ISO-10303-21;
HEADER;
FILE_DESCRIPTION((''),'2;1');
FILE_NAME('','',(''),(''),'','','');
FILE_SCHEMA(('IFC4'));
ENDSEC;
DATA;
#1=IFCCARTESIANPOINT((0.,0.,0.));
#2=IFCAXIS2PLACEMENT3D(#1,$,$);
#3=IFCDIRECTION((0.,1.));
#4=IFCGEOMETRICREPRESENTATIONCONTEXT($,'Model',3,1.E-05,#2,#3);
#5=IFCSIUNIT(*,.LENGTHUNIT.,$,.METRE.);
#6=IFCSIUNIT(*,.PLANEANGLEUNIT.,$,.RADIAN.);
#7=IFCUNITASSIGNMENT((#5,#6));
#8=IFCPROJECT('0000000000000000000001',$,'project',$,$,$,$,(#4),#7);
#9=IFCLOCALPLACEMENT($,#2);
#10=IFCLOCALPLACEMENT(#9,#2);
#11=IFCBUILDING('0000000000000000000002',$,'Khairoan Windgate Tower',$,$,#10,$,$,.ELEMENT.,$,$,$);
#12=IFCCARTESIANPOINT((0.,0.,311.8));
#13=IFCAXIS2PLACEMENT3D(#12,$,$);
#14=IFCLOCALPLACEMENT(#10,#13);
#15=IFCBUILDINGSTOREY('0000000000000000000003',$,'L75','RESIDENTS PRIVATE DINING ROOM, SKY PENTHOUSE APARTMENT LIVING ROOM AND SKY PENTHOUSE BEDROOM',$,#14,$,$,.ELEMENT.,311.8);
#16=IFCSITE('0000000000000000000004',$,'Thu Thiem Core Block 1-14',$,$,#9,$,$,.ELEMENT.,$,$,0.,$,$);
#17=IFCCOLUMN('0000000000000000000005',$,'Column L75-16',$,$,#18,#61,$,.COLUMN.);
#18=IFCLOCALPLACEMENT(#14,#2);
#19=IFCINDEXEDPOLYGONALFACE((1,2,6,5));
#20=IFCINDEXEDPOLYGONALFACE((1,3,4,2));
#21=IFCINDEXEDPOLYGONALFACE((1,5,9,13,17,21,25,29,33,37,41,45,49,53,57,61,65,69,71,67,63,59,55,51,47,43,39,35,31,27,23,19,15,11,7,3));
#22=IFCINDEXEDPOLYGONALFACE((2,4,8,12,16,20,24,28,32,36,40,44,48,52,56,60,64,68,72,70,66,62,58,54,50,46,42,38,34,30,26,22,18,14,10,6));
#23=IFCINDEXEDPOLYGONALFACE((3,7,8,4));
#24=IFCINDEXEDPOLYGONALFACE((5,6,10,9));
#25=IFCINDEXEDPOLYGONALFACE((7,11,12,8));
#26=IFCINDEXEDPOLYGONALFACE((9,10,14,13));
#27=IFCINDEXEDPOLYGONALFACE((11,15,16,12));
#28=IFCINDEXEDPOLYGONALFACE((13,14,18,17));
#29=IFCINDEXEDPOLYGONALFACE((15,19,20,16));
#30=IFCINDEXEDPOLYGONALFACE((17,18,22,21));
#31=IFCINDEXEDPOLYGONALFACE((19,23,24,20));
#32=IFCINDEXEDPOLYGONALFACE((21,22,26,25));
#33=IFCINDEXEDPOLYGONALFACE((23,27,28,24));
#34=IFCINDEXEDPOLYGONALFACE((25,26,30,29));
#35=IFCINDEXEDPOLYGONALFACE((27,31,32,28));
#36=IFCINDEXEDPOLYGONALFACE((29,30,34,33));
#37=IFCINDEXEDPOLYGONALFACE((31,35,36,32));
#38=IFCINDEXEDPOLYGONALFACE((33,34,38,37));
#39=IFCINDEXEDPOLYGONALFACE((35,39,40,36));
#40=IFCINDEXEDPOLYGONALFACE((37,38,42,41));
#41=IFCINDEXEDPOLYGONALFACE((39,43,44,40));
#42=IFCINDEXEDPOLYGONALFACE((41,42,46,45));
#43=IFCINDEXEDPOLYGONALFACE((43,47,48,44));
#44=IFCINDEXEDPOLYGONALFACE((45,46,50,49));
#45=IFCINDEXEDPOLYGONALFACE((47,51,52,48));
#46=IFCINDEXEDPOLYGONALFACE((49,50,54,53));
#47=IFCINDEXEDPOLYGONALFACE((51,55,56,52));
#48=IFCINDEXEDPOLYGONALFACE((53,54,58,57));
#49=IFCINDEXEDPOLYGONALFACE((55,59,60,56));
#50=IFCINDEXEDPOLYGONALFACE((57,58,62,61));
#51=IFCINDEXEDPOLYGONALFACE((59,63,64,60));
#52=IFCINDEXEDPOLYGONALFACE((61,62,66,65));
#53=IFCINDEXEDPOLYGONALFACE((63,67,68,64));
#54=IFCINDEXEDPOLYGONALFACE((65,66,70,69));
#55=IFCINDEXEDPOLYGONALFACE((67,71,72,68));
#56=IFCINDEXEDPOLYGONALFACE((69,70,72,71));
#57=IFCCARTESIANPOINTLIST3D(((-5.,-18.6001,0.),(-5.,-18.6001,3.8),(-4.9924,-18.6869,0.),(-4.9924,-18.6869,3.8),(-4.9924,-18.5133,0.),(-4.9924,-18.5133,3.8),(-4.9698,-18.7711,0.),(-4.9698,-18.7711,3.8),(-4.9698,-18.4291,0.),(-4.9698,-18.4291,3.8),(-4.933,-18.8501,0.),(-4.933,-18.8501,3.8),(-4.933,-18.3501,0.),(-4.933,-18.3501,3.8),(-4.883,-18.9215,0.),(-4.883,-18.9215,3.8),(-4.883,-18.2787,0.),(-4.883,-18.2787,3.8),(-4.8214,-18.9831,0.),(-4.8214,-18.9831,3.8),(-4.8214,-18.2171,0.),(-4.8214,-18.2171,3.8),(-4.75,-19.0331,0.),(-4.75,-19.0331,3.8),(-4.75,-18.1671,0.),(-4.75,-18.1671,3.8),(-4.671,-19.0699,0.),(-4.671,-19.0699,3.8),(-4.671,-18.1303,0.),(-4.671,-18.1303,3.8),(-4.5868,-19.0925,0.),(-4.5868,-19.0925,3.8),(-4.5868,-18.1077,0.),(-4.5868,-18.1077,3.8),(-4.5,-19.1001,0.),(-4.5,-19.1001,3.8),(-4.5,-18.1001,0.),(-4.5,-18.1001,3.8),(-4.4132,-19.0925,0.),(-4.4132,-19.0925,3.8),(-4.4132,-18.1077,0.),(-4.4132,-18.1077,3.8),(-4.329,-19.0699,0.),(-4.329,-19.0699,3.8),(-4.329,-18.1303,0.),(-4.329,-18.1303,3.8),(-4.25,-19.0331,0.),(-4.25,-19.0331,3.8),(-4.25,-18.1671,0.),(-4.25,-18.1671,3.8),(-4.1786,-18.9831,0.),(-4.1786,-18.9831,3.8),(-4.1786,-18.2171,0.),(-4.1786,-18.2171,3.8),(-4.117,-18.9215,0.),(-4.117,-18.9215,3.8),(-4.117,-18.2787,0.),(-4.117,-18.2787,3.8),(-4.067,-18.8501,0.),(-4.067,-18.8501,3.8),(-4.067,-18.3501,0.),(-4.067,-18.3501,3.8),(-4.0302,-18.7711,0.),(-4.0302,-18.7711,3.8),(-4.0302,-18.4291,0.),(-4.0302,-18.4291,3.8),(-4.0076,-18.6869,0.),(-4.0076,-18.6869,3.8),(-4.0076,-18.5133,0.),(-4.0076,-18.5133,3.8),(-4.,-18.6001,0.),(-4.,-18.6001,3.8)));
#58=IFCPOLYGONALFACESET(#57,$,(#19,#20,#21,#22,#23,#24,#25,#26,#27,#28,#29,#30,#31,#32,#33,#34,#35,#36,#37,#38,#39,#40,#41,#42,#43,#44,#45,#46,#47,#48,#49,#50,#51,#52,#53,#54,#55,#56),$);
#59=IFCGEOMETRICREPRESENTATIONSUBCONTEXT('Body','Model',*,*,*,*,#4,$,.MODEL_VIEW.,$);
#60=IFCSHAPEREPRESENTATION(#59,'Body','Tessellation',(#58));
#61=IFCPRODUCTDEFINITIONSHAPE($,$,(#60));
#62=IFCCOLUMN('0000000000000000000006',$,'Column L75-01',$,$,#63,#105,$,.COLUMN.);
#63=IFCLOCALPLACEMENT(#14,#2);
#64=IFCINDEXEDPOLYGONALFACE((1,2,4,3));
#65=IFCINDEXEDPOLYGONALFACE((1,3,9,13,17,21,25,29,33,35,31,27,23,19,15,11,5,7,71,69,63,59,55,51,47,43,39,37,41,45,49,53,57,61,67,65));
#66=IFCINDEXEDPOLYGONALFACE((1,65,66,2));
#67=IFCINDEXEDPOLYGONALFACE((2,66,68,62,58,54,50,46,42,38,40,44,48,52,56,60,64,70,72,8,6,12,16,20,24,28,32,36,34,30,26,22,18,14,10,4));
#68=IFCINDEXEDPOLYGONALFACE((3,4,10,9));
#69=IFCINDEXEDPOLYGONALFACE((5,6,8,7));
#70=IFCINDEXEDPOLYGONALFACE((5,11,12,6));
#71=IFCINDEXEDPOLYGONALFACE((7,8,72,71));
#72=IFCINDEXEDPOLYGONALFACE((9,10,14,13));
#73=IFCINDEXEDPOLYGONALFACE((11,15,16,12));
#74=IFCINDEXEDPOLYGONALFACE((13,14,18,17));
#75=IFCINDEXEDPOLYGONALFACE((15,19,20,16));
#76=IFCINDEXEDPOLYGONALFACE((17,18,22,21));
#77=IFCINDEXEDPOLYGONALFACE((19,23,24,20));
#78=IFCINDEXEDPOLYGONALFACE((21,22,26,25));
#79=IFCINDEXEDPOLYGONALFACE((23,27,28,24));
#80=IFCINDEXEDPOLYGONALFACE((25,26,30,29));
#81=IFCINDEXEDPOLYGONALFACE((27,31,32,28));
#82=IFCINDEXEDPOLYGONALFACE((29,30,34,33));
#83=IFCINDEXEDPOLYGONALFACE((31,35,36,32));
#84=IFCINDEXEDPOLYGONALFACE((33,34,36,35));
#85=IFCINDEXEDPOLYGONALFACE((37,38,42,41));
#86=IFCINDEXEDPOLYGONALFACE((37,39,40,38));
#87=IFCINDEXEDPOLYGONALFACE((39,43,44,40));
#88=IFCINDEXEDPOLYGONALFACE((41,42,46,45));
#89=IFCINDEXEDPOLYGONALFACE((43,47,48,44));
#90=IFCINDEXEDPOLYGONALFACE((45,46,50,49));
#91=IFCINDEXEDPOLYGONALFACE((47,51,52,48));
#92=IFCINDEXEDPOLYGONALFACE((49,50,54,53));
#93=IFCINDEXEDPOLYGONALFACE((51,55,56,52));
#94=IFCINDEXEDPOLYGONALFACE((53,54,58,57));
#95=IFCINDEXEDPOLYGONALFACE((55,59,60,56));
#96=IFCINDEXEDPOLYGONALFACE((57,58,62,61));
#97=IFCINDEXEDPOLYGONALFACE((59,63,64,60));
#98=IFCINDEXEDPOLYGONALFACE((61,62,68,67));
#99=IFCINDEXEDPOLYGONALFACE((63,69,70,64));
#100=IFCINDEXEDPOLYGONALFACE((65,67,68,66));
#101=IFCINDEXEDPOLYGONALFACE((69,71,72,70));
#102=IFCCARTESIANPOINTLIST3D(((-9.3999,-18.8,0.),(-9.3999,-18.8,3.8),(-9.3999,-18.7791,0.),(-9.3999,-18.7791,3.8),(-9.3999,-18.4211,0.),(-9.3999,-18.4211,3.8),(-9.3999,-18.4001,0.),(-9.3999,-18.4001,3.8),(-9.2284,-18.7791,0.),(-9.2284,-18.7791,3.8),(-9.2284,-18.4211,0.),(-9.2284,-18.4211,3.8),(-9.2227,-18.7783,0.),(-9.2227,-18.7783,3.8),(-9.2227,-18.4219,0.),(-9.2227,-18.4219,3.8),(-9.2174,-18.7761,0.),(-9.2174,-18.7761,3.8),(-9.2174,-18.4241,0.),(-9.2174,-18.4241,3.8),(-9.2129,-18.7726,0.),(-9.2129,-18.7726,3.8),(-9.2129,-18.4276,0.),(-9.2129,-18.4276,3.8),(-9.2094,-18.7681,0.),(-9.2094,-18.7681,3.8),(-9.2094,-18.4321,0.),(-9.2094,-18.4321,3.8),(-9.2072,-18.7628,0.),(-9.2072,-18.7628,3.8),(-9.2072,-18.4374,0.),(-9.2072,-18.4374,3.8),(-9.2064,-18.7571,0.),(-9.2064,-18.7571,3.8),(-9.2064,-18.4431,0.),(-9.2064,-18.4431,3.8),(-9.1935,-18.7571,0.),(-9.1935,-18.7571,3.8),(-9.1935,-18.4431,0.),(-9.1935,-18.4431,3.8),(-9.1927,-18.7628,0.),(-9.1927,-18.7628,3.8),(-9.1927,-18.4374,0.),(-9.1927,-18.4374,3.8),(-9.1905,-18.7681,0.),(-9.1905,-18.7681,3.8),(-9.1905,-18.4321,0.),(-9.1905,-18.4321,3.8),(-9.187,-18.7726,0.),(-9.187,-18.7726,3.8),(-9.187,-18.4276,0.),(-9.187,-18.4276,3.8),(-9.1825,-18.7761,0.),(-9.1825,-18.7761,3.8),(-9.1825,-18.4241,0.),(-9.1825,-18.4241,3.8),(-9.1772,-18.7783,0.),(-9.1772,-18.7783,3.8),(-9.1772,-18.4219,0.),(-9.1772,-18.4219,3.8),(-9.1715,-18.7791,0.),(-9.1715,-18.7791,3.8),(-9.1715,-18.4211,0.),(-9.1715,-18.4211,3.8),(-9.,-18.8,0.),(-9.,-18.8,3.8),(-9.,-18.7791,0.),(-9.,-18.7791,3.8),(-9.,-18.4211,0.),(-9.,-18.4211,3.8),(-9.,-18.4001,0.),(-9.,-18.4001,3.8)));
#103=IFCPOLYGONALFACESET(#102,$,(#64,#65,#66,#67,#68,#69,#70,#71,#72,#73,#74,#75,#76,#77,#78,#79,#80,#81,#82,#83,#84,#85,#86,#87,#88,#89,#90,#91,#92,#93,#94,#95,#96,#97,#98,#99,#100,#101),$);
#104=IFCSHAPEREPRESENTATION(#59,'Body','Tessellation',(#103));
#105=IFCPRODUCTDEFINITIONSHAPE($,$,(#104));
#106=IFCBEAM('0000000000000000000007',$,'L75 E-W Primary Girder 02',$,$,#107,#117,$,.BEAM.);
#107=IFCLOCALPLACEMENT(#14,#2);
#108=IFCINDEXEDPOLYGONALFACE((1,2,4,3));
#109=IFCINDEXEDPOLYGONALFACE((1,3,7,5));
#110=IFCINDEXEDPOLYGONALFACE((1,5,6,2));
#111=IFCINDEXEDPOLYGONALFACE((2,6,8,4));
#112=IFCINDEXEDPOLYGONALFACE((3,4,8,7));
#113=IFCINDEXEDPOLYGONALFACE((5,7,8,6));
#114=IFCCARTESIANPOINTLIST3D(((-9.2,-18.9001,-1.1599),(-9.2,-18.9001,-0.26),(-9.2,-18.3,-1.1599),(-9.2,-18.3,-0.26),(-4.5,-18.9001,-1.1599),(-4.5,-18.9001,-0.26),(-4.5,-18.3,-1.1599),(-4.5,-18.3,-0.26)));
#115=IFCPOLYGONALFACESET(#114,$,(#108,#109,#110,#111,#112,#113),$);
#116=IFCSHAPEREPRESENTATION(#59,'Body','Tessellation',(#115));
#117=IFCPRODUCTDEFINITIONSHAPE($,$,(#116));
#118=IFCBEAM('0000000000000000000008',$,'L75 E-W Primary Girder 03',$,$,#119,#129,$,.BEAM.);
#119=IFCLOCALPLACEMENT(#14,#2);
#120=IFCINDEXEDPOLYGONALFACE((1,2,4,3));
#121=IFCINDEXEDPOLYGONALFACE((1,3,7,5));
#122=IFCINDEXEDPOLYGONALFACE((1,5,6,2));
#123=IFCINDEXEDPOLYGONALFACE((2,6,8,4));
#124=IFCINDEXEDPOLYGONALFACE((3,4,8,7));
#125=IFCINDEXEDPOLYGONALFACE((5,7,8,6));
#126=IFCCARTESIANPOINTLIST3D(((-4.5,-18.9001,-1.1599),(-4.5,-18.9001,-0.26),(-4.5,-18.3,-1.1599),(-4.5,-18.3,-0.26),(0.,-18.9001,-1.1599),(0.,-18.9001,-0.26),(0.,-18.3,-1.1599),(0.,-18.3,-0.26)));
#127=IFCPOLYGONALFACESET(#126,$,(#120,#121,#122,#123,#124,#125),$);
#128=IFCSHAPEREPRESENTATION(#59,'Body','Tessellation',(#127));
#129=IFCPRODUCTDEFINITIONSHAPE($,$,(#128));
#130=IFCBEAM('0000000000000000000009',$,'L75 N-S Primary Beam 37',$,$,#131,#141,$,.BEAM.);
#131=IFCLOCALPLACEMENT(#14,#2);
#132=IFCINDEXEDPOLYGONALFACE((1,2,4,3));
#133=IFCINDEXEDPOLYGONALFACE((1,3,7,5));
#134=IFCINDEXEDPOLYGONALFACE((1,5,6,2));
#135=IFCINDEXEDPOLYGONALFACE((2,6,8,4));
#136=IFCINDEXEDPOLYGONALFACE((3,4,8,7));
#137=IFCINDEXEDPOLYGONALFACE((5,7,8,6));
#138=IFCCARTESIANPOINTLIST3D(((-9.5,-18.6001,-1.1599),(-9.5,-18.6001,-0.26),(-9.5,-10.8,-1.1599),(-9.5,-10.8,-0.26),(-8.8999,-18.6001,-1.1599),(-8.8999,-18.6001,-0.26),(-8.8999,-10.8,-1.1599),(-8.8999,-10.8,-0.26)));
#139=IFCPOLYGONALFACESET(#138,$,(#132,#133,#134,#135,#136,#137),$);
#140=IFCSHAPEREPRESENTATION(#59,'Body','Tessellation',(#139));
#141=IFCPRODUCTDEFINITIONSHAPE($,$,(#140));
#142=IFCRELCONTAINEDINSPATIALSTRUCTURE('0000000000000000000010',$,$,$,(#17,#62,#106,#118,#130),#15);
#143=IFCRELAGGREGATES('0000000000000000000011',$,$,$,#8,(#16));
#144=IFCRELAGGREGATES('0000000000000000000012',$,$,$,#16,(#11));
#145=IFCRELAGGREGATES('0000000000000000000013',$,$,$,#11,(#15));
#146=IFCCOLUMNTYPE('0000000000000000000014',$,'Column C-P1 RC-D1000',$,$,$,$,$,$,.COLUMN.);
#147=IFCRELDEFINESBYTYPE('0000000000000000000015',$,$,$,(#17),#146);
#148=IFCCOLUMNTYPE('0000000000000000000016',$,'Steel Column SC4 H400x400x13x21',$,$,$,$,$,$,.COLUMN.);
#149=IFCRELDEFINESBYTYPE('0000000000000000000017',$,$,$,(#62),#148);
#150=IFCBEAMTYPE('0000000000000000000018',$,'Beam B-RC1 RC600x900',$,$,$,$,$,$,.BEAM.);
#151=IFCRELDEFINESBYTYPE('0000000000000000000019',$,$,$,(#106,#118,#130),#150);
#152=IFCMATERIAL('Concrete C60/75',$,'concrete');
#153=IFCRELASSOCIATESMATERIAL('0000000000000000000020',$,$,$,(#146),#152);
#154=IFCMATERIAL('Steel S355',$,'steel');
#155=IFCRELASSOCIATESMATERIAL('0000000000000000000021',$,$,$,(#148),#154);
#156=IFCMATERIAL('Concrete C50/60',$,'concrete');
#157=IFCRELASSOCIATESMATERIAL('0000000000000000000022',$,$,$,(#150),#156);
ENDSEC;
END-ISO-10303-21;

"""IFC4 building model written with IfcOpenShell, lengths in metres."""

from ifc_helpers import new_model, si_unit, direction, frame, origin, origin_2d, place, context, subcontext, project, spatial, rectangle, circle, i_section, extrude, material, material_profile, profile_set, type_object, element, save


model = new_model("IFC4")

# Units and contexts
model_context = context("Model", 3, precision=1e-05, world=origin(), true_north=direction((0.0, 1.0)))
body_context = subcontext(model_context, "Body", "Model", "MODEL_VIEW")
ifc_project = project(units=[si_unit("LENGTHUNIT", "METRE"), si_unit("PLANEANGLEUNIT", "RADIAN")], contexts=[model_context])

# Site, building, storey
site_placement = place(None, origin())
site = spatial("IfcSite", under=ifc_project, at=site_placement, Name="Thu Thiem Core Block 1-14", CompositionType="ELEMENT", RefElevation=0.0)
building_placement = place(site_placement, origin())
building = spatial("IfcBuilding", under=site, at=building_placement, Name="Khairoan Windgate Tower", CompositionType="ELEMENT")
storey_placement = place(building_placement, frame((0.0, 0.0, 311.8)))
storey = spatial("IfcBuildingStorey", under=building, at=storey_placement, Name="L75", Description="RESIDENTS PRIVATE DINING ROOM, SKY PENTHOUSE APARTMENT LIVING ROOM AND SKY PENTHOUSE BEDROOM", CompositionType="ELEMENT", Elevation=311.8)

# Columns
ifc_material_1 = material(Name="Concrete C60/75", Category="concrete")
ifc_material_profile_1 = material_profile(ifc_material_1, circle(Radius=0.5, at=origin_2d()))
ifc_profile_set_1 = profile_set([ifc_material_profile_1], Name="Concrete C60/75")
column_type_1 = type_object("IfcColumnType", Name="Column C-P1 RC-D1000", PredefinedType="COLUMN", material=ifc_profile_set_1)
column_1_placement = place(storey_placement, frame((-4.5, -18.6001, 0.0), z_axis=(0.0, 0.0, 1.0), x_axis=(1.0, 0.0, 0.0)))
element("IfcColumn", 1, at=column_1_placement, inside=storey, type_object=column_type_1, Name="Column L75-16", PredefinedType="COLUMN", context=body_context, shape_type="SweptSolid", body=[
    extrude(circle(Radius=0.5, at=origin_2d()), origin(), (0.0, 0.0, 1.0), 3.8),
])
ifc_material_2 = material(Name="Steel S355", Category="steel")
ifc_material_profile_2 = material_profile(ifc_material_2, i_section(OverallWidth=0.3999, OverallDepth=0.3999, WebThickness=0.0129, FlangeThickness=0.021, FilletRadius=0.022, at=origin_2d()))
ifc_profile_set_2 = profile_set([ifc_material_profile_2], Name="Steel S355")
column_type_2 = type_object("IfcColumnType", Name="Steel Column SC4 H400x400x13x21", PredefinedType="COLUMN", material=ifc_profile_set_2)
column_2_placement = place(storey_placement, frame((-9.2, -18.6001, 0.0), z_axis=(0.0, 0.0, 1.0), x_axis=(1.0, 0.0, 0.0)))
element("IfcColumn", 2, at=column_2_placement, inside=storey, type_object=column_type_2, Name="Column L75-01", PredefinedType="COLUMN", context=body_context, shape_type="SweptSolid", body=[
    extrude(i_section(OverallWidth=0.3999, OverallDepth=0.3999, WebThickness=0.0129, FlangeThickness=0.021, FilletRadius=0.022, at=origin_2d()), origin(), (0.0, 0.0, 1.0), 3.8),
])

# Beams
ifc_material_3 = material(Name="Concrete C50/60", Category="concrete")
ifc_material_profile_3 = material_profile(ifc_material_3, rectangle(XDim=0.6001, YDim=0.8999, at=origin_2d()))
ifc_profile_set_3 = profile_set([ifc_material_profile_3], Name="Concrete C50/60")
beam_type = type_object("IfcBeamType", Name="Beam B-RC1 RC600x900", PredefinedType="BEAM", material=ifc_profile_set_3)
beam_1_placement = place(storey_placement, frame((-9.2, -18.6001, -0.71), z_axis=(1.0, 0.0, 0.0), x_axis=(0.0, 1.0, 0.0)))
element("IfcBeam", 3, at=beam_1_placement, inside=storey, type_object=beam_type, Name="L75 E-W Primary Girder 02", PredefinedType="BEAM", context=body_context, shape_type="SweptSolid", body=[
    extrude(rectangle(XDim=0.6001, YDim=0.8999, at=origin_2d()), origin(), (0.0, 0.0, 1.0), 4.7),
])
beam_2_placement = place(storey_placement, frame((-4.5, -18.6001, -0.71), z_axis=(1.0, 0.0, 0.0), x_axis=(0.0, 1.0, 0.0)))
element("IfcBeam", 4, at=beam_2_placement, inside=storey, type_object=beam_type, Name="L75 E-W Primary Girder 03", PredefinedType="BEAM", context=body_context, shape_type="SweptSolid", body=[
    extrude(rectangle(XDim=0.6001, YDim=0.8999, at=origin_2d()), origin(), (0.0, 0.0, 1.0), 4.5),
])
beam_3_placement = place(storey_placement, frame((-9.2, -18.6001, -0.71), z_axis=(0.0, 1.0, 0.0), x_axis=(-1.0, 0.0, 0.0)))
element("IfcBeam", 5, at=beam_3_placement, inside=storey, type_object=beam_type, Name="L75 N-S Primary Beam 37", PredefinedType="BEAM", context=body_context, shape_type="SweptSolid", body=[
    extrude(rectangle(XDim=0.6001, YDim=0.8999, at=origin_2d()), origin(), (0.0, 0.0, 1.0), 7.8),
])

save(model, "model.ifc")
